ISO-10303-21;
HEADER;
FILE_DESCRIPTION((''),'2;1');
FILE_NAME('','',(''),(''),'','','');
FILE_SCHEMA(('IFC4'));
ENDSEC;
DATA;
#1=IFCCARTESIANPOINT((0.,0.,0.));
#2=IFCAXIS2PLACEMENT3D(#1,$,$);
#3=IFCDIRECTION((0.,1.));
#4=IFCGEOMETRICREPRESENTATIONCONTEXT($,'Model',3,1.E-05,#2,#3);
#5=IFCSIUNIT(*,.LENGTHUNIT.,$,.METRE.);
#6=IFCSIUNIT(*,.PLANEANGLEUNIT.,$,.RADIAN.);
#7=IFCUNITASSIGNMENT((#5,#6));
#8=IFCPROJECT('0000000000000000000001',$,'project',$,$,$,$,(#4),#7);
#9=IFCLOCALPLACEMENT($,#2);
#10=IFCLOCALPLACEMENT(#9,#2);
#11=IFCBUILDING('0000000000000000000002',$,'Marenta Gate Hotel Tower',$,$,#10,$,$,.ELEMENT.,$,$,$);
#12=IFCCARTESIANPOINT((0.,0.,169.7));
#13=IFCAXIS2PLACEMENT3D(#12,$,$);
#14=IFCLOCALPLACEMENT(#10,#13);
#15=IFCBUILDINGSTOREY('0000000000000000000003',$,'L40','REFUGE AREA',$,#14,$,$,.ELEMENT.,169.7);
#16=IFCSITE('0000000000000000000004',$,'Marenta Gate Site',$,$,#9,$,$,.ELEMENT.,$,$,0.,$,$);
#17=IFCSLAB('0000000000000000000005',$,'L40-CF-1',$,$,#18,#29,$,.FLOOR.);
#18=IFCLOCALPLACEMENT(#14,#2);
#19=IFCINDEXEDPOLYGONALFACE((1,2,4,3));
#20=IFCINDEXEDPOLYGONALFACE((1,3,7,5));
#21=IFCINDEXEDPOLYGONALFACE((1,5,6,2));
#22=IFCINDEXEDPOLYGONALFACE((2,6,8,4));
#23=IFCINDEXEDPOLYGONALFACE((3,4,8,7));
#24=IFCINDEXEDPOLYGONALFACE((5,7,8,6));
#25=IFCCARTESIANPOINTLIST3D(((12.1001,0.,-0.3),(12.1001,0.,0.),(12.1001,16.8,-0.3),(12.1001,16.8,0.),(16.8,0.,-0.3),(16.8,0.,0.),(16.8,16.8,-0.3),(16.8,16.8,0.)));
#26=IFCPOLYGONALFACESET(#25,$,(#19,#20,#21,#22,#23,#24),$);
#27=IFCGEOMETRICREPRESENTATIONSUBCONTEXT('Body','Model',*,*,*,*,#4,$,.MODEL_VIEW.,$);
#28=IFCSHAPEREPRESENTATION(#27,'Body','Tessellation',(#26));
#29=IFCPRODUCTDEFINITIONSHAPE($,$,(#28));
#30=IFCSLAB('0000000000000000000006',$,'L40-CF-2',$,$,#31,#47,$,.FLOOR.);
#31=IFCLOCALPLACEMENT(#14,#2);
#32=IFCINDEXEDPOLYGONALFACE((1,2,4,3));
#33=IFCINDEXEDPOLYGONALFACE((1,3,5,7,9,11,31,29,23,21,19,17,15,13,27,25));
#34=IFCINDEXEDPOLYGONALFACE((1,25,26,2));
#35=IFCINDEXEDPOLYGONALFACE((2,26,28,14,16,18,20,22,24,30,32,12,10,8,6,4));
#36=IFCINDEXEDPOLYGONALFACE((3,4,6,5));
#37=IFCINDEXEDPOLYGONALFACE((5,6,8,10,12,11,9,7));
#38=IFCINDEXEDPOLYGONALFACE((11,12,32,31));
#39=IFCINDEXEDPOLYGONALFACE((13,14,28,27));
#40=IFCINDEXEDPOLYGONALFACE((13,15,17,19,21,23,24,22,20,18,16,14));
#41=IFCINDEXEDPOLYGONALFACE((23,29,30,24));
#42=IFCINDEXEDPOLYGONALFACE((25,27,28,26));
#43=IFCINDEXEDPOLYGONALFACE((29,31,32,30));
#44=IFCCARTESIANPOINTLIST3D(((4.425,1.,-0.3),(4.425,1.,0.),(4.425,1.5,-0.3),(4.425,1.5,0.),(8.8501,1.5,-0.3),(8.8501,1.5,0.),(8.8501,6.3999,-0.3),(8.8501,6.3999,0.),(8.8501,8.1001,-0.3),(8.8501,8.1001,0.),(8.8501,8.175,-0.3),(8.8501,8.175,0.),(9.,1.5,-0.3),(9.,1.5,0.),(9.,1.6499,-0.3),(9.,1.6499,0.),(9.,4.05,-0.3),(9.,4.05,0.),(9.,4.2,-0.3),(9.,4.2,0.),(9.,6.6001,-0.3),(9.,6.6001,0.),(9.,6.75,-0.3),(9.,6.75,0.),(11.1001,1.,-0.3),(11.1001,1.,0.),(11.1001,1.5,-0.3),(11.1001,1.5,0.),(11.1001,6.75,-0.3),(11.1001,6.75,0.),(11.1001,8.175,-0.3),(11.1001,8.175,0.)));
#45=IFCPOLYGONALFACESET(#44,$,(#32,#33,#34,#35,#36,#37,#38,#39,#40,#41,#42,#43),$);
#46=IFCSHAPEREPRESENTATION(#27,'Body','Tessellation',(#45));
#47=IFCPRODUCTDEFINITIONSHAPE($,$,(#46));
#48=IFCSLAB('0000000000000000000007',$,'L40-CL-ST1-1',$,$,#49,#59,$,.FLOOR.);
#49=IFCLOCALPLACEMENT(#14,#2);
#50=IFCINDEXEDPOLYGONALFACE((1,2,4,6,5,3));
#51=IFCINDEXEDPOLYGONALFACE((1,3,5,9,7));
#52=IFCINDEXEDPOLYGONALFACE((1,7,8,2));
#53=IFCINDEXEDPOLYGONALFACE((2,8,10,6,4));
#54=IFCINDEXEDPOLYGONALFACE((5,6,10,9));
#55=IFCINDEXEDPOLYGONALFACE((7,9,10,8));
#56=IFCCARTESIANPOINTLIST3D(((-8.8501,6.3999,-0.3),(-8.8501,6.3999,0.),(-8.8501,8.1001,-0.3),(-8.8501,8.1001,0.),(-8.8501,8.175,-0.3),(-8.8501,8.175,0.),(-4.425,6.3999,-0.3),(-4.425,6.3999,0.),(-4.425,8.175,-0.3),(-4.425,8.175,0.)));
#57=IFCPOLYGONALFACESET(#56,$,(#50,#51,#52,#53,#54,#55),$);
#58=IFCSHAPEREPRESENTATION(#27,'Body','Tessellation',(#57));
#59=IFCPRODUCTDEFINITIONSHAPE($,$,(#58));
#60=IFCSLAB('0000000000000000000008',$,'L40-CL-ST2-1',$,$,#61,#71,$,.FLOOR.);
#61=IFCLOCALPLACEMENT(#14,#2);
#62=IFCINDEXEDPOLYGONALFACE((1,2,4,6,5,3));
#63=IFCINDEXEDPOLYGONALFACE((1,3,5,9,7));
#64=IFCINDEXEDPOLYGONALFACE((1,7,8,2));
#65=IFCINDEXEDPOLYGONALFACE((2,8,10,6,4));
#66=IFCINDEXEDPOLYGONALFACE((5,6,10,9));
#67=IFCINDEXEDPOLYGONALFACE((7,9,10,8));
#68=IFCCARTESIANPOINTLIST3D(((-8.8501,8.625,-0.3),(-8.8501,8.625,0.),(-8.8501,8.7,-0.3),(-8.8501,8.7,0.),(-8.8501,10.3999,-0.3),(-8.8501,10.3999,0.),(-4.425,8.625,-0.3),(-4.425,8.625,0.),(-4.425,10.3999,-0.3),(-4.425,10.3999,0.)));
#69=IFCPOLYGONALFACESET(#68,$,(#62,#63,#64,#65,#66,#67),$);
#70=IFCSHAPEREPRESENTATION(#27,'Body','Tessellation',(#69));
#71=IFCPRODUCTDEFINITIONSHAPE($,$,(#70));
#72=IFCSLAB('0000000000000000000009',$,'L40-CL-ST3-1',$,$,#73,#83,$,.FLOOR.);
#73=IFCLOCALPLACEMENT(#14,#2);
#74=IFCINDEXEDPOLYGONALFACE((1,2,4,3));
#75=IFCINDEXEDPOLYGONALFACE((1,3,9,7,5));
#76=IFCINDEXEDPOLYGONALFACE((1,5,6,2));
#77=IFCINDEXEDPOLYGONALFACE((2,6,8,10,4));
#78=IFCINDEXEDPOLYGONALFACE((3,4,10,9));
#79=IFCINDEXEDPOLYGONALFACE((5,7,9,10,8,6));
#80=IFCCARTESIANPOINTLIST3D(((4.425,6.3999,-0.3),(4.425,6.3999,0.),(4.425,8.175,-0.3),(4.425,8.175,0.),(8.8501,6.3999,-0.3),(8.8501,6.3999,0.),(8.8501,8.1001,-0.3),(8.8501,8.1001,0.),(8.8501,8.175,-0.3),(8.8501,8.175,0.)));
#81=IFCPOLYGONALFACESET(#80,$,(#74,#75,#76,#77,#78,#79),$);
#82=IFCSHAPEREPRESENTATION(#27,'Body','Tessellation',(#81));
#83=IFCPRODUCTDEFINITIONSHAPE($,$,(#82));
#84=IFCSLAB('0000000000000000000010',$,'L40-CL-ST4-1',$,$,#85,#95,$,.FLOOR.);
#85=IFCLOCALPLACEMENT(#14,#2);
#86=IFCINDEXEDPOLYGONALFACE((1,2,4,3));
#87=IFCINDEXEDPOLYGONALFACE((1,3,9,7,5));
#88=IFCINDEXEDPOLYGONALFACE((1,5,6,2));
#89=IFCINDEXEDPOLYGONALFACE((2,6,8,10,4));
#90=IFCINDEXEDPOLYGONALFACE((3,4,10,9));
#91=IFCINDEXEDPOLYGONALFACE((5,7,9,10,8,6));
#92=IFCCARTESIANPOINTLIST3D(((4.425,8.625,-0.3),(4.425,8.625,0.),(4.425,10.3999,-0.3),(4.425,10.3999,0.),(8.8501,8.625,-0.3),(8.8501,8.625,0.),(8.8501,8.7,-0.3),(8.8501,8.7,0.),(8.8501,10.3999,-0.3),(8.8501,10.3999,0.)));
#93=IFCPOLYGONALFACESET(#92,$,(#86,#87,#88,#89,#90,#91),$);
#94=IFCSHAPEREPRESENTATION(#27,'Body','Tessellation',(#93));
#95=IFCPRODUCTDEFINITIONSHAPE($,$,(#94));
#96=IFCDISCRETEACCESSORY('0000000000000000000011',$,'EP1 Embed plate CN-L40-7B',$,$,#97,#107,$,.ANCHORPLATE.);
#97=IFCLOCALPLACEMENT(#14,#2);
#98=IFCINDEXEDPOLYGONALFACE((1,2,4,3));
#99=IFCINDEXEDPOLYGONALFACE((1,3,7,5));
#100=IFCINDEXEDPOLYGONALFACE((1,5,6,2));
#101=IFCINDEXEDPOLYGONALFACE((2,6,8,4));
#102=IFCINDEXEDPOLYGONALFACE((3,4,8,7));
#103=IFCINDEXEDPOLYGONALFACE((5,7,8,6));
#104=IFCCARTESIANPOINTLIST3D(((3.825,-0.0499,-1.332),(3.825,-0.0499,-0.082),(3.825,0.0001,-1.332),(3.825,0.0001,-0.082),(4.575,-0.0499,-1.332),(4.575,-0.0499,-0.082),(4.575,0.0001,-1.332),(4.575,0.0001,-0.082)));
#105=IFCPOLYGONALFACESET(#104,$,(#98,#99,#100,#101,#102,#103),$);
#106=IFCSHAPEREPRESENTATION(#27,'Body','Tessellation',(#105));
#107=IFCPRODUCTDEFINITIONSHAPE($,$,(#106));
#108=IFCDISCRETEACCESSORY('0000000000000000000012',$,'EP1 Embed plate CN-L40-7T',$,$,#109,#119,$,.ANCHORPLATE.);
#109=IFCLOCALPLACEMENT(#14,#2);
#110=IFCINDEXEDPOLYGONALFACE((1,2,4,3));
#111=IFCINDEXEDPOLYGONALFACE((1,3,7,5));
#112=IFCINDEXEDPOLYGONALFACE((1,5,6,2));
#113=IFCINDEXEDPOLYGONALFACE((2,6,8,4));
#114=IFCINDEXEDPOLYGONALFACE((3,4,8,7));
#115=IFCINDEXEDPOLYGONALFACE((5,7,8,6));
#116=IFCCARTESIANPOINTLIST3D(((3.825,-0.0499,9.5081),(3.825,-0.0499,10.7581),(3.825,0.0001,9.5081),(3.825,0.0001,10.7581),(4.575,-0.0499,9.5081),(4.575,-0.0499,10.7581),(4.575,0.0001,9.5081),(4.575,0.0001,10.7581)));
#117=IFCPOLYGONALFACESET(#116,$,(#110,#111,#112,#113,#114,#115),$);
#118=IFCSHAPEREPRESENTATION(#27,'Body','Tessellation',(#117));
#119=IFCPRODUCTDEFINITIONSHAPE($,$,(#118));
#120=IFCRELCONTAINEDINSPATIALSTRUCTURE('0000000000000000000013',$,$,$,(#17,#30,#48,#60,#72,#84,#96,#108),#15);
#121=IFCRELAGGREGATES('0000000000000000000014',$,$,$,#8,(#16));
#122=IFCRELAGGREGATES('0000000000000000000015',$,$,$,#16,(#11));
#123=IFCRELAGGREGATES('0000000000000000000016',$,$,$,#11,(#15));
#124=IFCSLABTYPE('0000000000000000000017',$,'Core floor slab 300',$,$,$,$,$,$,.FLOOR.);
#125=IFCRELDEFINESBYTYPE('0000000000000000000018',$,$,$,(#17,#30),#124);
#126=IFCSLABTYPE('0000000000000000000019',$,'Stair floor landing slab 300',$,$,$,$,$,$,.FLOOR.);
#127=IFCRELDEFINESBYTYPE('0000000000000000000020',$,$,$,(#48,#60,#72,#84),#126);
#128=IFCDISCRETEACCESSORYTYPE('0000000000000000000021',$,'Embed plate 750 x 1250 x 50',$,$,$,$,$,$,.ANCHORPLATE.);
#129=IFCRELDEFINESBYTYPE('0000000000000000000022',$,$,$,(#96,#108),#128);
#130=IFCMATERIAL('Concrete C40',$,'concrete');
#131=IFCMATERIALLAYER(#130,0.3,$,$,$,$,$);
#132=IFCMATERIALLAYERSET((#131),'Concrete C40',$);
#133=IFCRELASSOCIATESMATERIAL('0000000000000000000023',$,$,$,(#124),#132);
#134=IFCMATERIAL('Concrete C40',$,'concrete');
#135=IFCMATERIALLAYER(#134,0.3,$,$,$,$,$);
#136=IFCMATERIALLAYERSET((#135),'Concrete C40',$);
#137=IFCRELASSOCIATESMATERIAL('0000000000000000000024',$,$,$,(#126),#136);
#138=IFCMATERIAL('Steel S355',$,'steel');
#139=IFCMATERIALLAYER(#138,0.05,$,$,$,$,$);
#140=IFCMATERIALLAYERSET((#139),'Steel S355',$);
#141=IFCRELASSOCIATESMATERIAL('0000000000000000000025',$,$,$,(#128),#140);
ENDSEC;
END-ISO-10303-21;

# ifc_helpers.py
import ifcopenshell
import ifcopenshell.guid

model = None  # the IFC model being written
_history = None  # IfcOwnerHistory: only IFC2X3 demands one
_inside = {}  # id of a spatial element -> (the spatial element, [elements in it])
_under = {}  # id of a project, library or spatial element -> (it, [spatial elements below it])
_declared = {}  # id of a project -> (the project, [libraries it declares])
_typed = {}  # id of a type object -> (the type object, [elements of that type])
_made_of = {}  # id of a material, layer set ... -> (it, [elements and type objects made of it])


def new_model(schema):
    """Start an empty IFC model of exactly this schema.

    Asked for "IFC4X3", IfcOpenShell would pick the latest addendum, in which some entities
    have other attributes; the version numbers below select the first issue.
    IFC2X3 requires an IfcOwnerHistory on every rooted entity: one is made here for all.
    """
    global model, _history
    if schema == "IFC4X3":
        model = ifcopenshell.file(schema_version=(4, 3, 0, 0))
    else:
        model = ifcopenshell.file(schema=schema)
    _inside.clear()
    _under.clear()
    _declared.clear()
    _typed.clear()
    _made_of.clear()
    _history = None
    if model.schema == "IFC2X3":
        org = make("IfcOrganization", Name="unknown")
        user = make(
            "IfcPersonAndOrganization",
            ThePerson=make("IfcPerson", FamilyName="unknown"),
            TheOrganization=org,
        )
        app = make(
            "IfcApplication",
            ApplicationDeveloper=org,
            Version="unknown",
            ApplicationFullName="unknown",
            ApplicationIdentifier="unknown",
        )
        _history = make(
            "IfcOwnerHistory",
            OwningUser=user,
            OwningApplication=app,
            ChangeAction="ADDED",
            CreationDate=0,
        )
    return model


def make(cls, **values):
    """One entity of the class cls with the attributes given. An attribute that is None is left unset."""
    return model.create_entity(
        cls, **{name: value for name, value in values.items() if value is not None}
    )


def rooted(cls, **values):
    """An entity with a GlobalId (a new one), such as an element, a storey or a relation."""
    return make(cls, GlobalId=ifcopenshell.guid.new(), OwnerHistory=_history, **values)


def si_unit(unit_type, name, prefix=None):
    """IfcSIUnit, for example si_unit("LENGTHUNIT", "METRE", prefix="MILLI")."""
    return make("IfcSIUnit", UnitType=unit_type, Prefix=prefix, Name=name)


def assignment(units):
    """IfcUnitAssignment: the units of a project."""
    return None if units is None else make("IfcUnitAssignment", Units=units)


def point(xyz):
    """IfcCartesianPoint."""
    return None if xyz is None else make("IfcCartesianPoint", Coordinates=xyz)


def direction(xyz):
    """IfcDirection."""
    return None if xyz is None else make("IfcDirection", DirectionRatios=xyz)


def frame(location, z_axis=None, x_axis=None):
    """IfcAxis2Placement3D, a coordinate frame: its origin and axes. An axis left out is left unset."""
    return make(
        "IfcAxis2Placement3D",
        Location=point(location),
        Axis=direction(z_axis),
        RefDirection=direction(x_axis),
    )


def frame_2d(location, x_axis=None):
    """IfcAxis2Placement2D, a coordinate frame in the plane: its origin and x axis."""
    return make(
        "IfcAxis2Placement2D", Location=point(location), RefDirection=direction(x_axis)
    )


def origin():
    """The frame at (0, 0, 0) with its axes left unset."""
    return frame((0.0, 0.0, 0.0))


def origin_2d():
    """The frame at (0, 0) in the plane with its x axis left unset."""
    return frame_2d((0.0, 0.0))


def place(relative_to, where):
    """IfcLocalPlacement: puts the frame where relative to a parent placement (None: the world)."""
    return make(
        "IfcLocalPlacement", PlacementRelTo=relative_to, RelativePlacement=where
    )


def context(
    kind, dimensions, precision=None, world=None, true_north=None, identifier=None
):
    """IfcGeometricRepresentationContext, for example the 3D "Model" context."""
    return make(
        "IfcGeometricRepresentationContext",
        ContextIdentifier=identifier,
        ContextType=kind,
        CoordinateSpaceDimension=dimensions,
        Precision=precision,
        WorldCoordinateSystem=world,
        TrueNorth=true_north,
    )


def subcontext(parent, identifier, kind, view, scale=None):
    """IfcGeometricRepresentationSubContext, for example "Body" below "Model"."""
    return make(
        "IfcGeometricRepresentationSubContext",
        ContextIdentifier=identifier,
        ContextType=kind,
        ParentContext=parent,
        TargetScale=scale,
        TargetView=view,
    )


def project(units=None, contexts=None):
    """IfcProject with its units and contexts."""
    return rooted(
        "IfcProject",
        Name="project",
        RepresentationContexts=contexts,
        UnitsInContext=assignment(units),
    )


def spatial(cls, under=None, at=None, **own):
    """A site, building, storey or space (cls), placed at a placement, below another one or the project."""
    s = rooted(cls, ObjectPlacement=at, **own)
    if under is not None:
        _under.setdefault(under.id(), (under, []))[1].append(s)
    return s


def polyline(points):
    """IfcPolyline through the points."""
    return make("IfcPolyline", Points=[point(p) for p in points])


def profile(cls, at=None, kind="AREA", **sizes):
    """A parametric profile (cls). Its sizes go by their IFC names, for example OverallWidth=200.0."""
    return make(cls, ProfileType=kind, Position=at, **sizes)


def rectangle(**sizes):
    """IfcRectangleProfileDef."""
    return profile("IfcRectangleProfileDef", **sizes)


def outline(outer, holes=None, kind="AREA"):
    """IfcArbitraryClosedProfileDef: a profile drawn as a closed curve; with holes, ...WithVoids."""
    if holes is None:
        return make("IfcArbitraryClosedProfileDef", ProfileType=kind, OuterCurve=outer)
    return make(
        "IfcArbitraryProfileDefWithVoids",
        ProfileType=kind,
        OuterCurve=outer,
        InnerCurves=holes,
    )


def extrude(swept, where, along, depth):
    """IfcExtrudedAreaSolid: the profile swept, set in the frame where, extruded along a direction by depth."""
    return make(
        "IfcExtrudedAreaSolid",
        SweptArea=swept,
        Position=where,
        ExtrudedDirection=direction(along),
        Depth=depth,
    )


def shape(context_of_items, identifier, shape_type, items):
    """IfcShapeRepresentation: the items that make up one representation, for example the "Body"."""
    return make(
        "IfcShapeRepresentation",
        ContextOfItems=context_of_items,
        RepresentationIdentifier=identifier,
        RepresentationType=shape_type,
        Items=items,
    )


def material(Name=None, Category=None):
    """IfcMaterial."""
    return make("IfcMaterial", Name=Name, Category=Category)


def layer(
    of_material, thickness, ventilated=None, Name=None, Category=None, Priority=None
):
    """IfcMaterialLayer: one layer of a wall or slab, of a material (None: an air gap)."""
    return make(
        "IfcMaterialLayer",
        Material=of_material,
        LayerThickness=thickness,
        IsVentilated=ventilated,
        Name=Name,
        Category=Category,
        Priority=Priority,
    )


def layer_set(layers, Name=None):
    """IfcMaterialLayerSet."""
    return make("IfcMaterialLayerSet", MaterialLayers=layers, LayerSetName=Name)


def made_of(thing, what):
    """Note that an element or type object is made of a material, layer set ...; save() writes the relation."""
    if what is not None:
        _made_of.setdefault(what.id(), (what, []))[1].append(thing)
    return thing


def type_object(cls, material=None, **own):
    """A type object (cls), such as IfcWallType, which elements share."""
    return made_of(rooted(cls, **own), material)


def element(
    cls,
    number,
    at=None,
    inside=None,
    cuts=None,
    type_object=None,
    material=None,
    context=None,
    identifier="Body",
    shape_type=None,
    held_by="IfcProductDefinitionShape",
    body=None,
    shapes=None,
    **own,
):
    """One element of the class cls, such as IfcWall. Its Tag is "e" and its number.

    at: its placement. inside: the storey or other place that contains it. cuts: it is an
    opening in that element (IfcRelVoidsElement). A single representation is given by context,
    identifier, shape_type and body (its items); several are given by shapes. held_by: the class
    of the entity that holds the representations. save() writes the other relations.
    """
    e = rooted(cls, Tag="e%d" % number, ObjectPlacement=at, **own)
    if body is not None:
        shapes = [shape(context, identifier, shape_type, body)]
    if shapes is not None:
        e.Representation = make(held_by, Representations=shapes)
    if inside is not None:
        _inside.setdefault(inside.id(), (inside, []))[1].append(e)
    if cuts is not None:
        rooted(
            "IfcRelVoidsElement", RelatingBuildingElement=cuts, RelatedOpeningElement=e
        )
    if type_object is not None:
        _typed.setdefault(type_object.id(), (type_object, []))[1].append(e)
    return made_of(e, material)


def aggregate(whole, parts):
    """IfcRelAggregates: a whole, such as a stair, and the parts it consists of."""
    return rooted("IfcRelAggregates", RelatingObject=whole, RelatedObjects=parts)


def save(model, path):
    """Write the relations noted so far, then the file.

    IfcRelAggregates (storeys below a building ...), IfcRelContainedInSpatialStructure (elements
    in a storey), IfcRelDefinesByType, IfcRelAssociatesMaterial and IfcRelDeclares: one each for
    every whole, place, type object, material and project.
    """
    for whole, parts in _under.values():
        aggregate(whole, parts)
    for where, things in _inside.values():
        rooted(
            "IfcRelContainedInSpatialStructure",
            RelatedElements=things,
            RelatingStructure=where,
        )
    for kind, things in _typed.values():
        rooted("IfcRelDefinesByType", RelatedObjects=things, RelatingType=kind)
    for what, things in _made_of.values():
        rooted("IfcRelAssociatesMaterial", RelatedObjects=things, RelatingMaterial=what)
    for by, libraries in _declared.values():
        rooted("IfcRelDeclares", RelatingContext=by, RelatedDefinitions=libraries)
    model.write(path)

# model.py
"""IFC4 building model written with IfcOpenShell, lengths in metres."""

from ifc_helpers import new_model, si_unit, direction, frame, origin, origin_2d, place, context, subcontext, project, spatial, polyline, rectangle, outline, extrude, material, layer, layer_set, type_object, element, save


model = new_model("IFC4")

# Units and contexts
model_context = context("Model", 3, precision=1e-05, world=origin(), true_north=direction((0.0, 1.0)))
body_context = subcontext(model_context, "Body", "Model", "MODEL_VIEW")
ifc_project = project(units=[si_unit("LENGTHUNIT", "METRE"), si_unit("PLANEANGLEUNIT", "RADIAN")], contexts=[model_context])

# Site, building, storey
site_placement = place(None, origin())
site = spatial("IfcSite", under=ifc_project, at=site_placement, Name="Marenta Gate Site", CompositionType="ELEMENT", RefElevation=0.0)
building_placement = place(site_placement, origin())
building = spatial("IfcBuilding", under=site, at=building_placement, Name="Marenta Gate Hotel Tower", CompositionType="ELEMENT")
storey_placement = place(building_placement, frame((0.0, 0.0, 169.7)))
storey = spatial("IfcBuildingStorey", under=building, at=storey_placement, Name="L40", Description="REFUGE AREA", CompositionType="ELEMENT", Elevation=169.7)

# Slabs
ifc_material_1 = material(Name="Concrete C40", Category="concrete")
ifc_layer_1 = layer(ifc_material_1, 0.3)
ifc_layer_set_1 = layer_set([ifc_layer_1], Name="Concrete C40")
slab_type_1 = type_object("IfcSlabType", Name="Core floor slab 300", PredefinedType="FLOOR", material=ifc_layer_set_1)
slab_1_placement = place(storey_placement, frame((0.0, 0.0, -0.3)))
element("IfcSlab", 1, at=slab_1_placement, inside=storey, type_object=slab_type_1, Name="L40-CF-1", PredefinedType="FLOOR", context=body_context, shape_type="SweptSolid", body=[
    extrude(outline(polyline([(12.1001, 0.0), (12.1001, 16.8), (16.8, 16.8), (16.8, 0.0), (12.1001, 0.0)])), origin(), (0.0, 0.0, 1.0), 0.3),
])
slab_2_placement = place(storey_placement, frame((0.0, 0.0, -0.3)))
element("IfcSlab", 2, at=slab_2_placement, inside=storey, type_object=slab_type_1, Name="L40-CF-2", PredefinedType="FLOOR", context=body_context, shape_type="SweptSolid", body=[
    extrude(outline(polyline([(8.8501, 1.5), (8.8501, 6.3999), (8.8501, 8.1001), (8.8501, 8.175), (11.1001, 8.175), (11.1001, 6.75), (9.0, 6.75), (9.0, 6.6001), (9.0, 4.2), (9.0, 4.05), (9.0, 1.6499), (9.0, 1.5), (11.1001, 1.5), (11.1001, 1.0), (4.425, 1.0), (4.425, 1.5), (8.8501, 1.5)])), origin(), (0.0, 0.0, 1.0), 0.3),
])
ifc_material_2 = material(Name="Concrete C40", Category="concrete")
ifc_layer_2 = layer(ifc_material_2, 0.3)
ifc_layer_set_2 = layer_set([ifc_layer_2], Name="Concrete C40")
slab_type_2 = type_object("IfcSlabType", Name="Stair floor landing slab 300", PredefinedType="FLOOR", material=ifc_layer_set_2)
slab_3_placement = place(storey_placement, frame((0.0, 0.0, -0.3)))
element("IfcSlab", 3, at=slab_3_placement, inside=storey, type_object=slab_type_2, Name="L40-CL-ST1-1", PredefinedType="FLOOR", context=body_context, shape_type="SweptSolid", body=[
    extrude(outline(polyline([(-4.425, 6.3999), (-8.8501, 6.3999), (-8.8501, 8.1001), (-8.8501, 8.175), (-4.425, 8.175), (-4.425, 6.3999)])), origin(), (0.0, 0.0, 1.0), 0.3),
])
slab_4_placement = place(storey_placement, frame((0.0, 0.0, -0.3)))
element("IfcSlab", 4, at=slab_4_placement, inside=storey, type_object=slab_type_2, Name="L40-CL-ST2-1", PredefinedType="FLOOR", context=body_context, shape_type="SweptSolid", body=[
    extrude(outline(polyline([(-4.425, 8.625), (-8.8501, 8.625), (-8.8501, 8.7), (-8.8501, 10.3999), (-4.425, 10.3999), (-4.425, 8.625)])), origin(), (0.0, 0.0, 1.0), 0.3),
])
slab_5_placement = place(storey_placement, frame((0.0, 0.0, -0.3)))
element("IfcSlab", 5, at=slab_5_placement, inside=storey, type_object=slab_type_2, Name="L40-CL-ST3-1", PredefinedType="FLOOR", context=body_context, shape_type="SweptSolid", body=[
    extrude(outline(polyline([(4.425, 6.3999), (4.425, 8.175), (8.8501, 8.175), (8.8501, 8.1001), (8.8501, 6.3999), (4.425, 6.3999)])), origin(), (0.0, 0.0, 1.0), 0.3),
])
slab_6_placement = place(storey_placement, frame((0.0, 0.0, -0.3)))
element("IfcSlab", 6, at=slab_6_placement, inside=storey, type_object=slab_type_2, Name="L40-CL-ST4-1", PredefinedType="FLOOR", context=body_context, shape_type="SweptSolid", body=[
    extrude(outline(polyline([(4.425, 8.625), (4.425, 10.3999), (8.8501, 10.3999), (8.8501, 8.7), (8.8501, 8.625), (4.425, 8.625)])), origin(), (0.0, 0.0, 1.0), 0.3),
])

# Discrete accessories
ifc_material_3 = material(Name="Steel S355", Category="steel")
ifc_layer_3 = layer(ifc_material_3, 0.05)
ifc_layer_set_3 = layer_set([ifc_layer_3], Name="Steel S355")
discrete_accessory_type = type_object("IfcDiscreteAccessoryType", Name="Embed plate 750 x 1250 x 50", PredefinedType="ANCHORPLATE", material=ifc_layer_set_3)
for number, where, z_axis, x_axis, name in (
    (7, (4.2, -0.0249, -1.332), (0.0, 0.0, 1.0), (1.0, 0.0, 0.0), "EP1 Embed plate CN-L40-7B"),
    (8, (4.2, -0.0249, 9.5081), (0.0, 0.0, 1.0), (1.0, 0.0, 0.0), "EP1 Embed plate CN-L40-7T"),
):
    element("IfcDiscreteAccessory", number, at=place(storey_placement, frame(where, z_axis=z_axis, x_axis=x_axis)), inside=storey, type_object=discrete_accessory_type, Name=name, PredefinedType="ANCHORPLATE", context=body_context, shape_type="SweptSolid", body=[
        extrude(rectangle(XDim=0.75, YDim=0.05, at=origin_2d()), origin(), (0.0, 0.0, 1.0), 1.25),
    ])

save(model, "model.ifc")
